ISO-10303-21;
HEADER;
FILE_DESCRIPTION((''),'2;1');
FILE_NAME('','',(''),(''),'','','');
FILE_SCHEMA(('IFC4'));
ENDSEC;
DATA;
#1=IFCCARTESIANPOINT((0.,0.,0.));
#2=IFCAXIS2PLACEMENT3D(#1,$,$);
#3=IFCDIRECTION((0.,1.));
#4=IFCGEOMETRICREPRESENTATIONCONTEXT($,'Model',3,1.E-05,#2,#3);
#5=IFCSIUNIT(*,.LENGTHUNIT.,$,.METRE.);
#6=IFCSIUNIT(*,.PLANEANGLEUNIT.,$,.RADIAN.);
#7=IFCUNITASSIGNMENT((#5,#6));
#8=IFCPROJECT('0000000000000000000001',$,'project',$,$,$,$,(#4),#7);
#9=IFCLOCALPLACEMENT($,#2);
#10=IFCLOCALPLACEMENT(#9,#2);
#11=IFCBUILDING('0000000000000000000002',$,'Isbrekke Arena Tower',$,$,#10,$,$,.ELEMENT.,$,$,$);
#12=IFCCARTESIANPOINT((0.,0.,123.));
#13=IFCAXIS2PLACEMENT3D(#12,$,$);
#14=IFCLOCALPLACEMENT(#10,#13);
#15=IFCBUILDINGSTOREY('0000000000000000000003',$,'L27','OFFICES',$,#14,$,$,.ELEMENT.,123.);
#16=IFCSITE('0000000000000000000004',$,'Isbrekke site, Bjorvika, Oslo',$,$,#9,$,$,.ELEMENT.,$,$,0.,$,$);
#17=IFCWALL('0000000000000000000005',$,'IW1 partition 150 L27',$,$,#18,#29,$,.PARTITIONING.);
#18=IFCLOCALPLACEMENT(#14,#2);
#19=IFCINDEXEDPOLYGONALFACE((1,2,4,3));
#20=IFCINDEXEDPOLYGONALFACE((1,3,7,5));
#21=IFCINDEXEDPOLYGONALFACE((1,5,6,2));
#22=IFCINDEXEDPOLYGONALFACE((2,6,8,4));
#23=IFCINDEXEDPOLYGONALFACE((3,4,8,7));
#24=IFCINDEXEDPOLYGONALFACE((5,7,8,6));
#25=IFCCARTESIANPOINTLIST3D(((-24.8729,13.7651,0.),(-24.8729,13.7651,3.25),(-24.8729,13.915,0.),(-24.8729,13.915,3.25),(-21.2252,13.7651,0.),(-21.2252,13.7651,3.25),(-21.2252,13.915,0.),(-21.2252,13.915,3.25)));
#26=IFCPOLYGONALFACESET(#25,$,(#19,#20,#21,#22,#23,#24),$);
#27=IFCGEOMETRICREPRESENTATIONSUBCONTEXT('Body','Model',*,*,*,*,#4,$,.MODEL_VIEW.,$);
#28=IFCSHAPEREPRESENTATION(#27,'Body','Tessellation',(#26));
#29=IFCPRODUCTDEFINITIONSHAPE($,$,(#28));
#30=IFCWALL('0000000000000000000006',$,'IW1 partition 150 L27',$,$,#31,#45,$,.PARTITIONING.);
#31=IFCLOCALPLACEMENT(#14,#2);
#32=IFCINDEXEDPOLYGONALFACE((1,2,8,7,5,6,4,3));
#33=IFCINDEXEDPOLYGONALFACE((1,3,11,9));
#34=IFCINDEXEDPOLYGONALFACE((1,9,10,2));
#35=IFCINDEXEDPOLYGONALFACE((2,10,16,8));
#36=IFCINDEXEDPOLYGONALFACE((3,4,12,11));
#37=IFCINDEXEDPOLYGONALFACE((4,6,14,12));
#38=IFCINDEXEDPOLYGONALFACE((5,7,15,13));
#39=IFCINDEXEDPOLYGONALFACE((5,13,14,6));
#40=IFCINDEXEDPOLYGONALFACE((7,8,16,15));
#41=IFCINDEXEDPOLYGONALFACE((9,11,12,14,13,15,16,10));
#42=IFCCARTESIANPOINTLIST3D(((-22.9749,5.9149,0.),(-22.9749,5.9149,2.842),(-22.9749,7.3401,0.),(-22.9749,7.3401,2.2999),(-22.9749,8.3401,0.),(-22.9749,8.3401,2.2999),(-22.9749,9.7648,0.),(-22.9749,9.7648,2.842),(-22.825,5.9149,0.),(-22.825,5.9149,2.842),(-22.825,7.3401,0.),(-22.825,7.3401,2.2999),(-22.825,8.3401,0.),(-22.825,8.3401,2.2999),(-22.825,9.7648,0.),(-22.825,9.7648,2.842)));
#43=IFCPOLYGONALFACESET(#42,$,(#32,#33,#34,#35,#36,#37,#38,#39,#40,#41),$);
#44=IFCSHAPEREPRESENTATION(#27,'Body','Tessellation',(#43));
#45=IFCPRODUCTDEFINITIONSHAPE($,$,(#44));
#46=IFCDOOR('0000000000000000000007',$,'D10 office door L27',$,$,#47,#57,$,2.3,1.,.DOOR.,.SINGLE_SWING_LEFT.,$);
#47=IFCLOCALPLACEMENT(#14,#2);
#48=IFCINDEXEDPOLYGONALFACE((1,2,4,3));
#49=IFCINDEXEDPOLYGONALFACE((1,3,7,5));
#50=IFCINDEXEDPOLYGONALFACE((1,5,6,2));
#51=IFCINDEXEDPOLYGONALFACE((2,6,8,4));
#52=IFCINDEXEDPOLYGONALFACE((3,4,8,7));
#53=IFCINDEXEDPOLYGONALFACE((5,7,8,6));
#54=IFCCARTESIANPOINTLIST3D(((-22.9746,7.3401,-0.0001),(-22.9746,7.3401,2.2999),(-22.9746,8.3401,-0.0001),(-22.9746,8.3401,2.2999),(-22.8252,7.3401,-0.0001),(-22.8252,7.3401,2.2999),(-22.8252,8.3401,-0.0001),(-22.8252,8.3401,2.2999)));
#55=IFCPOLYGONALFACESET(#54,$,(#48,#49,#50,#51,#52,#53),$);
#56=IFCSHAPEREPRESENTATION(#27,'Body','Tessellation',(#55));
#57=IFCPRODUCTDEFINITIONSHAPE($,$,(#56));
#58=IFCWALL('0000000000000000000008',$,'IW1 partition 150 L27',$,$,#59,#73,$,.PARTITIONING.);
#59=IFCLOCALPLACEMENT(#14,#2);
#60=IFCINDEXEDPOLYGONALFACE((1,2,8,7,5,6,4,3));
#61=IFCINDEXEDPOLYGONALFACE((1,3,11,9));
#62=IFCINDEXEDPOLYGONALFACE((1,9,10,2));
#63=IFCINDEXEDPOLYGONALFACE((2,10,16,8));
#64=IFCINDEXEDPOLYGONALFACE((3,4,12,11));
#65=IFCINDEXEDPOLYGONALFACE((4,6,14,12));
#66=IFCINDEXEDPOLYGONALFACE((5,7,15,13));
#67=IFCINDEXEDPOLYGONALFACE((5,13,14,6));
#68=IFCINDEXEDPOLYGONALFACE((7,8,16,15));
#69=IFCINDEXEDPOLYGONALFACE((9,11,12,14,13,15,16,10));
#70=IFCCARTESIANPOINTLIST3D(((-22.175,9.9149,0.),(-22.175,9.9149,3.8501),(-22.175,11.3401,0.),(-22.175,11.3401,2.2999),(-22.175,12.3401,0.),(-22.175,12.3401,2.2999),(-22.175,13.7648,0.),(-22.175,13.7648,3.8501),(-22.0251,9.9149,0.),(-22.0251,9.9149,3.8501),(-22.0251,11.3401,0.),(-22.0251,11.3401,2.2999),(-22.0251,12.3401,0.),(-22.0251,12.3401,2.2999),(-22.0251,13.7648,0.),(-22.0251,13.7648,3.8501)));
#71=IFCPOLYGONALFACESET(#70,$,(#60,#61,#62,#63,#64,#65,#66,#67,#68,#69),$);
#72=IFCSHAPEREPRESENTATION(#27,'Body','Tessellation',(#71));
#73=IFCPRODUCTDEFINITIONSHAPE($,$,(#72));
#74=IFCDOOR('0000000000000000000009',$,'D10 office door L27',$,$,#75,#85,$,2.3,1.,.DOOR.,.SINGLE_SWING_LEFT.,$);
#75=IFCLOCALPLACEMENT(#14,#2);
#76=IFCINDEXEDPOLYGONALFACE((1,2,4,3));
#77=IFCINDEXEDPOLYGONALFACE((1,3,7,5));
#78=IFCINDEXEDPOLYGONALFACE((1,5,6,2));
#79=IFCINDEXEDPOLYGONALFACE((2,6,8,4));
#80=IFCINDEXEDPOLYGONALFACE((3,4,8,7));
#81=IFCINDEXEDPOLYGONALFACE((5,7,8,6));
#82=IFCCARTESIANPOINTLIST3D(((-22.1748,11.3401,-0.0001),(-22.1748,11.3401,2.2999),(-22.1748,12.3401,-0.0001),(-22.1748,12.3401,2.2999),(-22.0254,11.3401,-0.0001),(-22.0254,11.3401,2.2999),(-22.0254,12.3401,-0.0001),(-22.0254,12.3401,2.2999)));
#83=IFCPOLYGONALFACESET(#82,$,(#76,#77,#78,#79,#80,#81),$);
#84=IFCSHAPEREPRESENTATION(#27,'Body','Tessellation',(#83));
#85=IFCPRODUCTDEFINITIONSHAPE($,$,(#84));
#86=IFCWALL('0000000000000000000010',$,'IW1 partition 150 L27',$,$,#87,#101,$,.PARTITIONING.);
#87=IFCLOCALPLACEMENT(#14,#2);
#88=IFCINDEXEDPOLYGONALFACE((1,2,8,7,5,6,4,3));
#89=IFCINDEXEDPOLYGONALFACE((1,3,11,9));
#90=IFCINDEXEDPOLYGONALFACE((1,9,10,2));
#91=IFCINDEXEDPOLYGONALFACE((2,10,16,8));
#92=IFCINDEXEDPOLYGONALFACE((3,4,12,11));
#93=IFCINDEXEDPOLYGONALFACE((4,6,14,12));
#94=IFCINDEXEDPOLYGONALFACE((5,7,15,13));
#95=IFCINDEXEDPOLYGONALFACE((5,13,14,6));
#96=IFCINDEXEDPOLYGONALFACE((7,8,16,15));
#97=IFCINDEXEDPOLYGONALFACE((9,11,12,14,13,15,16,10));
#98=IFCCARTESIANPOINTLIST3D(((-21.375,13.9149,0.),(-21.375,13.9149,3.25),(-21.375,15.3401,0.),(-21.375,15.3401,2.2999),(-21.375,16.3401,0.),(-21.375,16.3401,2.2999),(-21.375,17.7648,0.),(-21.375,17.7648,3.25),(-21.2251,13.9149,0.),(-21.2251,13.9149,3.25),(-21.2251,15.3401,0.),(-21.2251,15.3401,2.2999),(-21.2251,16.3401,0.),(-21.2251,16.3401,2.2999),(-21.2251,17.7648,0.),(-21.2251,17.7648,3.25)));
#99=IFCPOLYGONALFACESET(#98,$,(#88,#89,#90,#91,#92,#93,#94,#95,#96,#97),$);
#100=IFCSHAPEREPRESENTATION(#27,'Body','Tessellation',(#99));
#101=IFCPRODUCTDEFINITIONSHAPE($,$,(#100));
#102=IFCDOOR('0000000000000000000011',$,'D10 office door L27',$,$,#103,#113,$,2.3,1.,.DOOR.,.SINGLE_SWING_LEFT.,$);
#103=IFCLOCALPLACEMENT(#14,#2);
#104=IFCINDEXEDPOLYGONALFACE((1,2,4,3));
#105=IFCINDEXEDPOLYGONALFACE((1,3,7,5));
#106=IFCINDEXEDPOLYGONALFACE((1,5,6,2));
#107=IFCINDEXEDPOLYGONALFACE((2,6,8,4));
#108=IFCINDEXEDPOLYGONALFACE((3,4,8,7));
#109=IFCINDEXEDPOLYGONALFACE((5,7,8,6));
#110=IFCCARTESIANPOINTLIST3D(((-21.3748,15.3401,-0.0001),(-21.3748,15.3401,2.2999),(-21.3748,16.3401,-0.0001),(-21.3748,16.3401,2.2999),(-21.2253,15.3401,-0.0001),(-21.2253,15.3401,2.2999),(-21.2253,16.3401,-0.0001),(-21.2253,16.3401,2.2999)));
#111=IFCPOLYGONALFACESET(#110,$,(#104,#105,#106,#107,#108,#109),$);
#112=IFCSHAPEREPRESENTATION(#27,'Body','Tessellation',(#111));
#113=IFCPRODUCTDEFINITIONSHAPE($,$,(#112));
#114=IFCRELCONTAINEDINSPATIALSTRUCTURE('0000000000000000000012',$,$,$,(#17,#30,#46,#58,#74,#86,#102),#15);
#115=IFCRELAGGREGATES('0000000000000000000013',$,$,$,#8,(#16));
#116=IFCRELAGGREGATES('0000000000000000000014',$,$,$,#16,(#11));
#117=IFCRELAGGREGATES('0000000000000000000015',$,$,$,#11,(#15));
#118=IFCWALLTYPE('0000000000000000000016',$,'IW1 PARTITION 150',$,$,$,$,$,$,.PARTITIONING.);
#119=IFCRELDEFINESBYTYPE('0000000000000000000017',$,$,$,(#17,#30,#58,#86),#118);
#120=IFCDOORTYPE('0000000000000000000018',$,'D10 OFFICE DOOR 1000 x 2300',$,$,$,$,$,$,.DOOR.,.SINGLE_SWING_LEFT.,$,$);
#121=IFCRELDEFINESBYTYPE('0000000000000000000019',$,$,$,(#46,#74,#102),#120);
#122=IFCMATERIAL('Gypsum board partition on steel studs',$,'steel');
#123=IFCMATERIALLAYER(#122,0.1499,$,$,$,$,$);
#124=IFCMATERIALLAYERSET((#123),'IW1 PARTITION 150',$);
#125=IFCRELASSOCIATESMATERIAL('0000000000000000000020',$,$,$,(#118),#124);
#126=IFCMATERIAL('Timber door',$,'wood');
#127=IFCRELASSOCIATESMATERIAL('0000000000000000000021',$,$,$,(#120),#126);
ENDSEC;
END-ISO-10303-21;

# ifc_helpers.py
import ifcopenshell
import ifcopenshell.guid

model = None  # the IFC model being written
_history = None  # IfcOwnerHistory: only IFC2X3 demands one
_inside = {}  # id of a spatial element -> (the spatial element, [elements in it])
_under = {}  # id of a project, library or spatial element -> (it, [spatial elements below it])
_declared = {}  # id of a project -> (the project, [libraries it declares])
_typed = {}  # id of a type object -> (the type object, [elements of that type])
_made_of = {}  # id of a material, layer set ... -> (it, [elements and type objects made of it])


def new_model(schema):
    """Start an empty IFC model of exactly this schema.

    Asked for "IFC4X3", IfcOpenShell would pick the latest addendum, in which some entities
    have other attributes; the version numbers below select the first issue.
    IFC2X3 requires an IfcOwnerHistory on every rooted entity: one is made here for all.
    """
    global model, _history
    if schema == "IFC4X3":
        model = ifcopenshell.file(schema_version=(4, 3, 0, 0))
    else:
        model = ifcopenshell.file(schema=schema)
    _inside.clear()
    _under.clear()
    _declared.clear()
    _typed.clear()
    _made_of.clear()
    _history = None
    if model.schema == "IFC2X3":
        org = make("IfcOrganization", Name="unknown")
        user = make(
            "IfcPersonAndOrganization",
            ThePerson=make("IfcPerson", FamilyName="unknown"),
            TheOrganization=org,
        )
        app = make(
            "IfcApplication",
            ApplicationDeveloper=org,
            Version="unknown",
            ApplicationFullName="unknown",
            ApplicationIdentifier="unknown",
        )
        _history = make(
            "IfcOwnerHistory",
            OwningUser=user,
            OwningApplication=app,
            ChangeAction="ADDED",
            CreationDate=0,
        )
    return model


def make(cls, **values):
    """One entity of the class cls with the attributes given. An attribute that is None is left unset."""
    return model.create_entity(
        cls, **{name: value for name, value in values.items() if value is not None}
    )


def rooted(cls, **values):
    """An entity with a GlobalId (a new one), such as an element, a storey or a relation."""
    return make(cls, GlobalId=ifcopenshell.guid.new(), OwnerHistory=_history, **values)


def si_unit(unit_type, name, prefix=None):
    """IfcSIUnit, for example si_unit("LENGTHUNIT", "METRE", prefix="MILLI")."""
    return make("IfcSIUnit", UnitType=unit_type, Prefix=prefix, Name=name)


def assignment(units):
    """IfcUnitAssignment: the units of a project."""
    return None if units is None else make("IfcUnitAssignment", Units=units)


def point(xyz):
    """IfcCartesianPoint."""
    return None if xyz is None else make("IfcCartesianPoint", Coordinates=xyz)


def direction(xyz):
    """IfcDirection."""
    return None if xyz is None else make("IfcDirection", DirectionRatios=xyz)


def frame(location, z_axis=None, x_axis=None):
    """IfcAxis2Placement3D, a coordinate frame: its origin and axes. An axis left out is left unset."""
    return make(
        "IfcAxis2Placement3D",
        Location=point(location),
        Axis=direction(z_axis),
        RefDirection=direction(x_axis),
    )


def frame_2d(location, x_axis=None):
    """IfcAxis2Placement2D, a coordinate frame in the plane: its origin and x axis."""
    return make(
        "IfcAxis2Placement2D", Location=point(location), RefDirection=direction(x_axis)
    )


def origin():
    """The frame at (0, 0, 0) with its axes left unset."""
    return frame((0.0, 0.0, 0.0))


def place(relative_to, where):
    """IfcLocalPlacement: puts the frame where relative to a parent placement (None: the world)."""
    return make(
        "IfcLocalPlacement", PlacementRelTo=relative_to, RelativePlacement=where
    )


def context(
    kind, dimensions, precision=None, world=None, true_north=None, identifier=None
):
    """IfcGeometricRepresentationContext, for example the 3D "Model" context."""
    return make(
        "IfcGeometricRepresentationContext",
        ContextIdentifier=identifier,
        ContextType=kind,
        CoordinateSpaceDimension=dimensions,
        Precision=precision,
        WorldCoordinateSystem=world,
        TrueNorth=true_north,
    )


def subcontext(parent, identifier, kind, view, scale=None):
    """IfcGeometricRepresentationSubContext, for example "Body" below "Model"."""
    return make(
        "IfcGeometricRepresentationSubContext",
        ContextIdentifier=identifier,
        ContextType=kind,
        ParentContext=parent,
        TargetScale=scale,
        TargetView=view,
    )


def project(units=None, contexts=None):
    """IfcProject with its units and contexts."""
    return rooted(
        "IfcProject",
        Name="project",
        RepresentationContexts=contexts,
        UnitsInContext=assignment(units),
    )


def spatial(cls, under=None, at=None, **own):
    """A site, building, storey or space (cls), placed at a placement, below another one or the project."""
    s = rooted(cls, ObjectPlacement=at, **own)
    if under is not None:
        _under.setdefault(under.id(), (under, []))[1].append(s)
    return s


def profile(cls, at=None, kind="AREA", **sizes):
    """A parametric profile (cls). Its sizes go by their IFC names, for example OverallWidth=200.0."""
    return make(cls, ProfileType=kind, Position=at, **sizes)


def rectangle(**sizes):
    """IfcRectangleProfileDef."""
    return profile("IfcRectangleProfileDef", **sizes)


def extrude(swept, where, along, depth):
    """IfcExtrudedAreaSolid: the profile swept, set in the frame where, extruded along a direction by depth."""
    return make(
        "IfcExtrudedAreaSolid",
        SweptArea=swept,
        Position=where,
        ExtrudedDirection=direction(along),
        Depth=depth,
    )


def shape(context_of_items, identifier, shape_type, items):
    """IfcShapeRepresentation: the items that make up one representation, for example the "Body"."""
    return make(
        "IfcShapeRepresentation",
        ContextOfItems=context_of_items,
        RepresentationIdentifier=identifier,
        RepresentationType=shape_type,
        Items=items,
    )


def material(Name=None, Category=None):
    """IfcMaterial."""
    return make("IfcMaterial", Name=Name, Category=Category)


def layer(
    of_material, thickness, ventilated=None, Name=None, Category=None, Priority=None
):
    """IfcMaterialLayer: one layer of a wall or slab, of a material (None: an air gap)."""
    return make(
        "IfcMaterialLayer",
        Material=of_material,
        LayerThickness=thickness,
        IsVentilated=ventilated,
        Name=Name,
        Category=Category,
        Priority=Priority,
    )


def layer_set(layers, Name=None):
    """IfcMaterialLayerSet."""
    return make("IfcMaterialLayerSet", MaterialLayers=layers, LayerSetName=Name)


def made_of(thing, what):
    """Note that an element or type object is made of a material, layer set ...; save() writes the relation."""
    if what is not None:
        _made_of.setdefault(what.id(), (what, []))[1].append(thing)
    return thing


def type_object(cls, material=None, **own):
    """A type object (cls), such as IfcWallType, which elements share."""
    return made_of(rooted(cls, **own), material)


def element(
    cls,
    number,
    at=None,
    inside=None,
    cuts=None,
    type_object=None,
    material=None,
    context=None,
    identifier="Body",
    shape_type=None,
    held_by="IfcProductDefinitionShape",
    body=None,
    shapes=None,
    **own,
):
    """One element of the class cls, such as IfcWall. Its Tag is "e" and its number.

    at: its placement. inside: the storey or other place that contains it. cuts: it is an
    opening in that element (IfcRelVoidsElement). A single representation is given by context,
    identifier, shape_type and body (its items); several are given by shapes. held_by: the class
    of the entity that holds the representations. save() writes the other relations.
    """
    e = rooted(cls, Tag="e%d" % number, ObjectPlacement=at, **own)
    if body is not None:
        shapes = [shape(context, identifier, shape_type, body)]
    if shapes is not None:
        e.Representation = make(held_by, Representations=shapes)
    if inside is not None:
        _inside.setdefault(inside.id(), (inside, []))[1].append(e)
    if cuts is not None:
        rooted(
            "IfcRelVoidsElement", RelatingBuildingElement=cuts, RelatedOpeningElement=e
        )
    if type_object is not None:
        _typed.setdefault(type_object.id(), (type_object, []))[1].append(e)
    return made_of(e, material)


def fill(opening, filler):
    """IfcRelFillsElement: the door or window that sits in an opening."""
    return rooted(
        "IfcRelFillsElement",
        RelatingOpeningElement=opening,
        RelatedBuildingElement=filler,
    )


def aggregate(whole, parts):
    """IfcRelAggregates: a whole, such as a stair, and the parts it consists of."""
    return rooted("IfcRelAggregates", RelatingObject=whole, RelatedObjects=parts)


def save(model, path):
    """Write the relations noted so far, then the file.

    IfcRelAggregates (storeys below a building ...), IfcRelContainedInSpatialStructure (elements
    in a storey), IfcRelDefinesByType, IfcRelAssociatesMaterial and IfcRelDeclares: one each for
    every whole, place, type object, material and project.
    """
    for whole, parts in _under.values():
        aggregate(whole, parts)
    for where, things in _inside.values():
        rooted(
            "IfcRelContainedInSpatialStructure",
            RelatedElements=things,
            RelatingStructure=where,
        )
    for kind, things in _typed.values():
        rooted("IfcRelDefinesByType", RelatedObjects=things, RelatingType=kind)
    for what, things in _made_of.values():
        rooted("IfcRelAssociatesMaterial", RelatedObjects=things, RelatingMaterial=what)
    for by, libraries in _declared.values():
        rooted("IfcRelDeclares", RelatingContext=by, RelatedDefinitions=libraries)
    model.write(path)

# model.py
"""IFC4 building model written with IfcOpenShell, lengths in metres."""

from ifc_helpers import new_model, si_unit, direction, frame, frame_2d, origin, place, context, subcontext, project, spatial, rectangle, extrude, material, layer, layer_set, type_object, element, fill, save


model = new_model("IFC4")

# Units and contexts
model_context = context("Model", 3, precision=1e-05, world=origin(), true_north=direction((0.0, 1.0)))
body_context = subcontext(model_context, "Body", "Model", "MODEL_VIEW")
ifc_project = project(units=[si_unit("LENGTHUNIT", "METRE"), si_unit("PLANEANGLEUNIT", "RADIAN")], contexts=[model_context])

# Site, building, storey
site_placement = place(None, origin())
site = spatial("IfcSite", under=ifc_project, at=site_placement, Name="Isbrekke site, Bjorvika, Oslo", CompositionType="ELEMENT", RefElevation=0.0)
building_placement = place(site_placement, origin())
building = spatial("IfcBuilding", under=site, at=building_placement, Name="Isbrekke Arena Tower", CompositionType="ELEMENT")
storey_placement = place(building_placement, frame((0.0, 0.0, 123.0)))
storey = spatial("IfcBuildingStorey", under=building, at=storey_placement, Name="L27", Description="OFFICES", CompositionType="ELEMENT", Elevation=123.0)

# Wall
ifc_material_1 = material(Name="Gypsum board partition on steel studs", Category="steel")
ifc_layer_1 = layer(ifc_material_1, 0.1499)
ifc_layer_set_1 = layer_set([ifc_layer_1], Name="IW1 PARTITION 150")
wall_type = type_object("IfcWallType", Name="IW1 PARTITION 150", PredefinedType="PARTITIONING", material=ifc_layer_set_1)
wall_1_placement = place(storey_placement, frame((-24.8728, 13.8401, 0.0), z_axis=(0.0, 0.0, 1.0), x_axis=(1.0, 0.0, 0.0)))
element("IfcWall", 1, at=wall_1_placement, inside=storey, type_object=wall_type, Name="IW1 partition 150 L27", PredefinedType="PARTITIONING", context=body_context, shape_type="SweptSolid", body=[
    extrude(rectangle(XDim=3.6477, YDim=0.1499, at=frame_2d((1.8237, 0.0))), origin(), (0.0, 0.0, 1.0), 3.25),
])

# Walls, openings, doors
wall_2_placement = place(storey_placement, frame((-22.8999, 5.915, 0.0), z_axis=(0.0, 0.0, 1.0), x_axis=(0.0, 1.0, 0.0)))
wall_2 = element("IfcWall", 2, at=wall_2_placement, inside=storey, type_object=wall_type, Name="IW1 partition 150 L27", PredefinedType="PARTITIONING", context=body_context, shape_type="SweptSolid", body=[
    extrude(rectangle(XDim=3.8499, YDim=0.1499, at=frame_2d((1.9248, 0.0))), origin(), (0.0, 0.0, 1.0), 2.842),
])
opening_1_placement = place(wall_2_placement, frame((1.425, 0.0, 0.0)))
opening_1 = element("IfcOpeningElement", 3, at=opening_1_placement, cuts=wall_2, PredefinedType="OPENING", context=body_context, shape_type="SweptSolid", body=[
    extrude(rectangle(XDim=1.0, YDim=2.3, at=frame_2d((0.5, 1.1499))), frame((0.0, 0.0898, 0.0), z_axis=(0.0, -1.0, 0.0), x_axis=(1.0, 0.0, 0.0)), (0.0, 0.0, 1.0), 0.1797),
])
ifc_material_2 = material(Name="Timber door", Category="wood")
door_type = type_object("IfcDoorType", Name="D10 OFFICE DOOR 1000 x 2300", OperationType="SINGLE_SWING_LEFT", PredefinedType="DOOR", material=ifc_material_2)
door_1_placement = place(opening_1_placement, origin())
door_1 = element("IfcDoor", 4, at=door_1_placement, inside=storey, type_object=door_type, Name="D10 office door L27", OperationType="SINGLE_SWING_LEFT", OverallHeight=2.3, OverallWidth=1.0, PredefinedType="DOOR", context=body_context, shape_type="SweptSolid", body=[
    extrude(rectangle(XDim=1.0, YDim=2.3, at=frame_2d((0.5, 1.1499))), frame((0.0, 0.0747, 0.0), z_axis=(0.0, -1.0, 0.0), x_axis=(1.0, 0.0, 0.0)), (0.0, 0.0, 1.0), 0.1494),
])
fill(opening_1, door_1)
wall_3_placement = place(storey_placement, frame((-22.1001, 9.915, 0.0), z_axis=(0.0, 0.0, 1.0), x_axis=(0.0, 1.0, 0.0)))
wall_3 = element("IfcWall", 5, at=wall_3_placement, inside=storey, type_object=wall_type, Name="IW1 partition 150 L27", PredefinedType="PARTITIONING", context=body_context, shape_type="SweptSolid", body=[
    extrude(rectangle(XDim=3.8499, YDim=0.1499, at=frame_2d((1.9248, 0.0))), origin(), (0.0, 0.0, 1.0), 3.8501),
])
opening_2_placement = place(wall_3_placement, frame((1.425, 0.0, 0.0)))
opening_2 = element("IfcOpeningElement", 6, at=opening_2_placement, cuts=wall_3, PredefinedType="OPENING", context=body_context, shape_type="SweptSolid", body=[
    extrude(rectangle(XDim=1.0, YDim=2.3, at=frame_2d((0.5, 1.1499))), frame((0.0, 0.0898, 0.0), z_axis=(0.0, -1.0, 0.0), x_axis=(1.0, 0.0, 0.0)), (0.0, 0.0, 1.0), 0.1797),
])
door_2_placement = place(opening_2_placement, origin())
door_2 = element("IfcDoor", 7, at=door_2_placement, inside=storey, type_object=door_type, Name="D10 office door L27", OperationType="SINGLE_SWING_LEFT", OverallHeight=2.3, OverallWidth=1.0, PredefinedType="DOOR", context=body_context, shape_type="SweptSolid", body=[
    extrude(rectangle(XDim=1.0, YDim=2.3, at=frame_2d((0.5, 1.1499))), frame((0.0, 0.0747, 0.0), z_axis=(0.0, -1.0, 0.0), x_axis=(1.0, 0.0, 0.0)), (0.0, 0.0, 1.0), 0.1494),
])
fill(opening_2, door_2)
wall_4_placement = place(storey_placement, frame((-21.3, 13.915, 0.0), z_axis=(0.0, 0.0, 1.0), x_axis=(0.0, 1.0, 0.0)))
wall_4 = element("IfcWall", 8, at=wall_4_placement, inside=storey, type_object=wall_type, Name="IW1 partition 150 L27", PredefinedType="PARTITIONING", context=body_context, shape_type="SweptSolid", body=[
    extrude(rectangle(XDim=3.8499, YDim=0.1499, at=frame_2d((1.9248, 0.0))), origin(), (0.0, 0.0, 1.0), 3.25),
])
opening_3_placement = place(wall_4_placement, frame((1.425, 0.0, 0.0)))
opening_3 = element("IfcOpeningElement", 9, at=opening_3_placement, cuts=wall_4, PredefinedType="OPENING", context=body_context, shape_type="SweptSolid", body=[
    extrude(rectangle(XDim=1.0, YDim=2.3, at=frame_2d((0.5, 1.1499))), frame((0.0, 0.0898, 0.0), z_axis=(0.0, -1.0, 0.0), x_axis=(1.0, 0.0, 0.0)), (0.0, 0.0, 1.0), 0.1797),
])
door_3_placement = place(opening_3_placement, origin())
door_3 = element("IfcDoor", 10, at=door_3_placement, inside=storey, type_object=door_type, Name="D10 office door L27", OperationType="SINGLE_SWING_LEFT", OverallHeight=2.3, OverallWidth=1.0, PredefinedType="DOOR", context=body_context, shape_type="SweptSolid", body=[
    extrude(rectangle(XDim=1.0, YDim=2.3, at=frame_2d((0.5, 1.1499))), frame((0.0, 0.0747, 0.0), z_axis=(0.0, -1.0, 0.0), x_axis=(1.0, 0.0, 0.0)), (0.0, 0.0, 1.0), 0.1494),
])
fill(opening_3, door_3)

save(model, "model.ifc")
